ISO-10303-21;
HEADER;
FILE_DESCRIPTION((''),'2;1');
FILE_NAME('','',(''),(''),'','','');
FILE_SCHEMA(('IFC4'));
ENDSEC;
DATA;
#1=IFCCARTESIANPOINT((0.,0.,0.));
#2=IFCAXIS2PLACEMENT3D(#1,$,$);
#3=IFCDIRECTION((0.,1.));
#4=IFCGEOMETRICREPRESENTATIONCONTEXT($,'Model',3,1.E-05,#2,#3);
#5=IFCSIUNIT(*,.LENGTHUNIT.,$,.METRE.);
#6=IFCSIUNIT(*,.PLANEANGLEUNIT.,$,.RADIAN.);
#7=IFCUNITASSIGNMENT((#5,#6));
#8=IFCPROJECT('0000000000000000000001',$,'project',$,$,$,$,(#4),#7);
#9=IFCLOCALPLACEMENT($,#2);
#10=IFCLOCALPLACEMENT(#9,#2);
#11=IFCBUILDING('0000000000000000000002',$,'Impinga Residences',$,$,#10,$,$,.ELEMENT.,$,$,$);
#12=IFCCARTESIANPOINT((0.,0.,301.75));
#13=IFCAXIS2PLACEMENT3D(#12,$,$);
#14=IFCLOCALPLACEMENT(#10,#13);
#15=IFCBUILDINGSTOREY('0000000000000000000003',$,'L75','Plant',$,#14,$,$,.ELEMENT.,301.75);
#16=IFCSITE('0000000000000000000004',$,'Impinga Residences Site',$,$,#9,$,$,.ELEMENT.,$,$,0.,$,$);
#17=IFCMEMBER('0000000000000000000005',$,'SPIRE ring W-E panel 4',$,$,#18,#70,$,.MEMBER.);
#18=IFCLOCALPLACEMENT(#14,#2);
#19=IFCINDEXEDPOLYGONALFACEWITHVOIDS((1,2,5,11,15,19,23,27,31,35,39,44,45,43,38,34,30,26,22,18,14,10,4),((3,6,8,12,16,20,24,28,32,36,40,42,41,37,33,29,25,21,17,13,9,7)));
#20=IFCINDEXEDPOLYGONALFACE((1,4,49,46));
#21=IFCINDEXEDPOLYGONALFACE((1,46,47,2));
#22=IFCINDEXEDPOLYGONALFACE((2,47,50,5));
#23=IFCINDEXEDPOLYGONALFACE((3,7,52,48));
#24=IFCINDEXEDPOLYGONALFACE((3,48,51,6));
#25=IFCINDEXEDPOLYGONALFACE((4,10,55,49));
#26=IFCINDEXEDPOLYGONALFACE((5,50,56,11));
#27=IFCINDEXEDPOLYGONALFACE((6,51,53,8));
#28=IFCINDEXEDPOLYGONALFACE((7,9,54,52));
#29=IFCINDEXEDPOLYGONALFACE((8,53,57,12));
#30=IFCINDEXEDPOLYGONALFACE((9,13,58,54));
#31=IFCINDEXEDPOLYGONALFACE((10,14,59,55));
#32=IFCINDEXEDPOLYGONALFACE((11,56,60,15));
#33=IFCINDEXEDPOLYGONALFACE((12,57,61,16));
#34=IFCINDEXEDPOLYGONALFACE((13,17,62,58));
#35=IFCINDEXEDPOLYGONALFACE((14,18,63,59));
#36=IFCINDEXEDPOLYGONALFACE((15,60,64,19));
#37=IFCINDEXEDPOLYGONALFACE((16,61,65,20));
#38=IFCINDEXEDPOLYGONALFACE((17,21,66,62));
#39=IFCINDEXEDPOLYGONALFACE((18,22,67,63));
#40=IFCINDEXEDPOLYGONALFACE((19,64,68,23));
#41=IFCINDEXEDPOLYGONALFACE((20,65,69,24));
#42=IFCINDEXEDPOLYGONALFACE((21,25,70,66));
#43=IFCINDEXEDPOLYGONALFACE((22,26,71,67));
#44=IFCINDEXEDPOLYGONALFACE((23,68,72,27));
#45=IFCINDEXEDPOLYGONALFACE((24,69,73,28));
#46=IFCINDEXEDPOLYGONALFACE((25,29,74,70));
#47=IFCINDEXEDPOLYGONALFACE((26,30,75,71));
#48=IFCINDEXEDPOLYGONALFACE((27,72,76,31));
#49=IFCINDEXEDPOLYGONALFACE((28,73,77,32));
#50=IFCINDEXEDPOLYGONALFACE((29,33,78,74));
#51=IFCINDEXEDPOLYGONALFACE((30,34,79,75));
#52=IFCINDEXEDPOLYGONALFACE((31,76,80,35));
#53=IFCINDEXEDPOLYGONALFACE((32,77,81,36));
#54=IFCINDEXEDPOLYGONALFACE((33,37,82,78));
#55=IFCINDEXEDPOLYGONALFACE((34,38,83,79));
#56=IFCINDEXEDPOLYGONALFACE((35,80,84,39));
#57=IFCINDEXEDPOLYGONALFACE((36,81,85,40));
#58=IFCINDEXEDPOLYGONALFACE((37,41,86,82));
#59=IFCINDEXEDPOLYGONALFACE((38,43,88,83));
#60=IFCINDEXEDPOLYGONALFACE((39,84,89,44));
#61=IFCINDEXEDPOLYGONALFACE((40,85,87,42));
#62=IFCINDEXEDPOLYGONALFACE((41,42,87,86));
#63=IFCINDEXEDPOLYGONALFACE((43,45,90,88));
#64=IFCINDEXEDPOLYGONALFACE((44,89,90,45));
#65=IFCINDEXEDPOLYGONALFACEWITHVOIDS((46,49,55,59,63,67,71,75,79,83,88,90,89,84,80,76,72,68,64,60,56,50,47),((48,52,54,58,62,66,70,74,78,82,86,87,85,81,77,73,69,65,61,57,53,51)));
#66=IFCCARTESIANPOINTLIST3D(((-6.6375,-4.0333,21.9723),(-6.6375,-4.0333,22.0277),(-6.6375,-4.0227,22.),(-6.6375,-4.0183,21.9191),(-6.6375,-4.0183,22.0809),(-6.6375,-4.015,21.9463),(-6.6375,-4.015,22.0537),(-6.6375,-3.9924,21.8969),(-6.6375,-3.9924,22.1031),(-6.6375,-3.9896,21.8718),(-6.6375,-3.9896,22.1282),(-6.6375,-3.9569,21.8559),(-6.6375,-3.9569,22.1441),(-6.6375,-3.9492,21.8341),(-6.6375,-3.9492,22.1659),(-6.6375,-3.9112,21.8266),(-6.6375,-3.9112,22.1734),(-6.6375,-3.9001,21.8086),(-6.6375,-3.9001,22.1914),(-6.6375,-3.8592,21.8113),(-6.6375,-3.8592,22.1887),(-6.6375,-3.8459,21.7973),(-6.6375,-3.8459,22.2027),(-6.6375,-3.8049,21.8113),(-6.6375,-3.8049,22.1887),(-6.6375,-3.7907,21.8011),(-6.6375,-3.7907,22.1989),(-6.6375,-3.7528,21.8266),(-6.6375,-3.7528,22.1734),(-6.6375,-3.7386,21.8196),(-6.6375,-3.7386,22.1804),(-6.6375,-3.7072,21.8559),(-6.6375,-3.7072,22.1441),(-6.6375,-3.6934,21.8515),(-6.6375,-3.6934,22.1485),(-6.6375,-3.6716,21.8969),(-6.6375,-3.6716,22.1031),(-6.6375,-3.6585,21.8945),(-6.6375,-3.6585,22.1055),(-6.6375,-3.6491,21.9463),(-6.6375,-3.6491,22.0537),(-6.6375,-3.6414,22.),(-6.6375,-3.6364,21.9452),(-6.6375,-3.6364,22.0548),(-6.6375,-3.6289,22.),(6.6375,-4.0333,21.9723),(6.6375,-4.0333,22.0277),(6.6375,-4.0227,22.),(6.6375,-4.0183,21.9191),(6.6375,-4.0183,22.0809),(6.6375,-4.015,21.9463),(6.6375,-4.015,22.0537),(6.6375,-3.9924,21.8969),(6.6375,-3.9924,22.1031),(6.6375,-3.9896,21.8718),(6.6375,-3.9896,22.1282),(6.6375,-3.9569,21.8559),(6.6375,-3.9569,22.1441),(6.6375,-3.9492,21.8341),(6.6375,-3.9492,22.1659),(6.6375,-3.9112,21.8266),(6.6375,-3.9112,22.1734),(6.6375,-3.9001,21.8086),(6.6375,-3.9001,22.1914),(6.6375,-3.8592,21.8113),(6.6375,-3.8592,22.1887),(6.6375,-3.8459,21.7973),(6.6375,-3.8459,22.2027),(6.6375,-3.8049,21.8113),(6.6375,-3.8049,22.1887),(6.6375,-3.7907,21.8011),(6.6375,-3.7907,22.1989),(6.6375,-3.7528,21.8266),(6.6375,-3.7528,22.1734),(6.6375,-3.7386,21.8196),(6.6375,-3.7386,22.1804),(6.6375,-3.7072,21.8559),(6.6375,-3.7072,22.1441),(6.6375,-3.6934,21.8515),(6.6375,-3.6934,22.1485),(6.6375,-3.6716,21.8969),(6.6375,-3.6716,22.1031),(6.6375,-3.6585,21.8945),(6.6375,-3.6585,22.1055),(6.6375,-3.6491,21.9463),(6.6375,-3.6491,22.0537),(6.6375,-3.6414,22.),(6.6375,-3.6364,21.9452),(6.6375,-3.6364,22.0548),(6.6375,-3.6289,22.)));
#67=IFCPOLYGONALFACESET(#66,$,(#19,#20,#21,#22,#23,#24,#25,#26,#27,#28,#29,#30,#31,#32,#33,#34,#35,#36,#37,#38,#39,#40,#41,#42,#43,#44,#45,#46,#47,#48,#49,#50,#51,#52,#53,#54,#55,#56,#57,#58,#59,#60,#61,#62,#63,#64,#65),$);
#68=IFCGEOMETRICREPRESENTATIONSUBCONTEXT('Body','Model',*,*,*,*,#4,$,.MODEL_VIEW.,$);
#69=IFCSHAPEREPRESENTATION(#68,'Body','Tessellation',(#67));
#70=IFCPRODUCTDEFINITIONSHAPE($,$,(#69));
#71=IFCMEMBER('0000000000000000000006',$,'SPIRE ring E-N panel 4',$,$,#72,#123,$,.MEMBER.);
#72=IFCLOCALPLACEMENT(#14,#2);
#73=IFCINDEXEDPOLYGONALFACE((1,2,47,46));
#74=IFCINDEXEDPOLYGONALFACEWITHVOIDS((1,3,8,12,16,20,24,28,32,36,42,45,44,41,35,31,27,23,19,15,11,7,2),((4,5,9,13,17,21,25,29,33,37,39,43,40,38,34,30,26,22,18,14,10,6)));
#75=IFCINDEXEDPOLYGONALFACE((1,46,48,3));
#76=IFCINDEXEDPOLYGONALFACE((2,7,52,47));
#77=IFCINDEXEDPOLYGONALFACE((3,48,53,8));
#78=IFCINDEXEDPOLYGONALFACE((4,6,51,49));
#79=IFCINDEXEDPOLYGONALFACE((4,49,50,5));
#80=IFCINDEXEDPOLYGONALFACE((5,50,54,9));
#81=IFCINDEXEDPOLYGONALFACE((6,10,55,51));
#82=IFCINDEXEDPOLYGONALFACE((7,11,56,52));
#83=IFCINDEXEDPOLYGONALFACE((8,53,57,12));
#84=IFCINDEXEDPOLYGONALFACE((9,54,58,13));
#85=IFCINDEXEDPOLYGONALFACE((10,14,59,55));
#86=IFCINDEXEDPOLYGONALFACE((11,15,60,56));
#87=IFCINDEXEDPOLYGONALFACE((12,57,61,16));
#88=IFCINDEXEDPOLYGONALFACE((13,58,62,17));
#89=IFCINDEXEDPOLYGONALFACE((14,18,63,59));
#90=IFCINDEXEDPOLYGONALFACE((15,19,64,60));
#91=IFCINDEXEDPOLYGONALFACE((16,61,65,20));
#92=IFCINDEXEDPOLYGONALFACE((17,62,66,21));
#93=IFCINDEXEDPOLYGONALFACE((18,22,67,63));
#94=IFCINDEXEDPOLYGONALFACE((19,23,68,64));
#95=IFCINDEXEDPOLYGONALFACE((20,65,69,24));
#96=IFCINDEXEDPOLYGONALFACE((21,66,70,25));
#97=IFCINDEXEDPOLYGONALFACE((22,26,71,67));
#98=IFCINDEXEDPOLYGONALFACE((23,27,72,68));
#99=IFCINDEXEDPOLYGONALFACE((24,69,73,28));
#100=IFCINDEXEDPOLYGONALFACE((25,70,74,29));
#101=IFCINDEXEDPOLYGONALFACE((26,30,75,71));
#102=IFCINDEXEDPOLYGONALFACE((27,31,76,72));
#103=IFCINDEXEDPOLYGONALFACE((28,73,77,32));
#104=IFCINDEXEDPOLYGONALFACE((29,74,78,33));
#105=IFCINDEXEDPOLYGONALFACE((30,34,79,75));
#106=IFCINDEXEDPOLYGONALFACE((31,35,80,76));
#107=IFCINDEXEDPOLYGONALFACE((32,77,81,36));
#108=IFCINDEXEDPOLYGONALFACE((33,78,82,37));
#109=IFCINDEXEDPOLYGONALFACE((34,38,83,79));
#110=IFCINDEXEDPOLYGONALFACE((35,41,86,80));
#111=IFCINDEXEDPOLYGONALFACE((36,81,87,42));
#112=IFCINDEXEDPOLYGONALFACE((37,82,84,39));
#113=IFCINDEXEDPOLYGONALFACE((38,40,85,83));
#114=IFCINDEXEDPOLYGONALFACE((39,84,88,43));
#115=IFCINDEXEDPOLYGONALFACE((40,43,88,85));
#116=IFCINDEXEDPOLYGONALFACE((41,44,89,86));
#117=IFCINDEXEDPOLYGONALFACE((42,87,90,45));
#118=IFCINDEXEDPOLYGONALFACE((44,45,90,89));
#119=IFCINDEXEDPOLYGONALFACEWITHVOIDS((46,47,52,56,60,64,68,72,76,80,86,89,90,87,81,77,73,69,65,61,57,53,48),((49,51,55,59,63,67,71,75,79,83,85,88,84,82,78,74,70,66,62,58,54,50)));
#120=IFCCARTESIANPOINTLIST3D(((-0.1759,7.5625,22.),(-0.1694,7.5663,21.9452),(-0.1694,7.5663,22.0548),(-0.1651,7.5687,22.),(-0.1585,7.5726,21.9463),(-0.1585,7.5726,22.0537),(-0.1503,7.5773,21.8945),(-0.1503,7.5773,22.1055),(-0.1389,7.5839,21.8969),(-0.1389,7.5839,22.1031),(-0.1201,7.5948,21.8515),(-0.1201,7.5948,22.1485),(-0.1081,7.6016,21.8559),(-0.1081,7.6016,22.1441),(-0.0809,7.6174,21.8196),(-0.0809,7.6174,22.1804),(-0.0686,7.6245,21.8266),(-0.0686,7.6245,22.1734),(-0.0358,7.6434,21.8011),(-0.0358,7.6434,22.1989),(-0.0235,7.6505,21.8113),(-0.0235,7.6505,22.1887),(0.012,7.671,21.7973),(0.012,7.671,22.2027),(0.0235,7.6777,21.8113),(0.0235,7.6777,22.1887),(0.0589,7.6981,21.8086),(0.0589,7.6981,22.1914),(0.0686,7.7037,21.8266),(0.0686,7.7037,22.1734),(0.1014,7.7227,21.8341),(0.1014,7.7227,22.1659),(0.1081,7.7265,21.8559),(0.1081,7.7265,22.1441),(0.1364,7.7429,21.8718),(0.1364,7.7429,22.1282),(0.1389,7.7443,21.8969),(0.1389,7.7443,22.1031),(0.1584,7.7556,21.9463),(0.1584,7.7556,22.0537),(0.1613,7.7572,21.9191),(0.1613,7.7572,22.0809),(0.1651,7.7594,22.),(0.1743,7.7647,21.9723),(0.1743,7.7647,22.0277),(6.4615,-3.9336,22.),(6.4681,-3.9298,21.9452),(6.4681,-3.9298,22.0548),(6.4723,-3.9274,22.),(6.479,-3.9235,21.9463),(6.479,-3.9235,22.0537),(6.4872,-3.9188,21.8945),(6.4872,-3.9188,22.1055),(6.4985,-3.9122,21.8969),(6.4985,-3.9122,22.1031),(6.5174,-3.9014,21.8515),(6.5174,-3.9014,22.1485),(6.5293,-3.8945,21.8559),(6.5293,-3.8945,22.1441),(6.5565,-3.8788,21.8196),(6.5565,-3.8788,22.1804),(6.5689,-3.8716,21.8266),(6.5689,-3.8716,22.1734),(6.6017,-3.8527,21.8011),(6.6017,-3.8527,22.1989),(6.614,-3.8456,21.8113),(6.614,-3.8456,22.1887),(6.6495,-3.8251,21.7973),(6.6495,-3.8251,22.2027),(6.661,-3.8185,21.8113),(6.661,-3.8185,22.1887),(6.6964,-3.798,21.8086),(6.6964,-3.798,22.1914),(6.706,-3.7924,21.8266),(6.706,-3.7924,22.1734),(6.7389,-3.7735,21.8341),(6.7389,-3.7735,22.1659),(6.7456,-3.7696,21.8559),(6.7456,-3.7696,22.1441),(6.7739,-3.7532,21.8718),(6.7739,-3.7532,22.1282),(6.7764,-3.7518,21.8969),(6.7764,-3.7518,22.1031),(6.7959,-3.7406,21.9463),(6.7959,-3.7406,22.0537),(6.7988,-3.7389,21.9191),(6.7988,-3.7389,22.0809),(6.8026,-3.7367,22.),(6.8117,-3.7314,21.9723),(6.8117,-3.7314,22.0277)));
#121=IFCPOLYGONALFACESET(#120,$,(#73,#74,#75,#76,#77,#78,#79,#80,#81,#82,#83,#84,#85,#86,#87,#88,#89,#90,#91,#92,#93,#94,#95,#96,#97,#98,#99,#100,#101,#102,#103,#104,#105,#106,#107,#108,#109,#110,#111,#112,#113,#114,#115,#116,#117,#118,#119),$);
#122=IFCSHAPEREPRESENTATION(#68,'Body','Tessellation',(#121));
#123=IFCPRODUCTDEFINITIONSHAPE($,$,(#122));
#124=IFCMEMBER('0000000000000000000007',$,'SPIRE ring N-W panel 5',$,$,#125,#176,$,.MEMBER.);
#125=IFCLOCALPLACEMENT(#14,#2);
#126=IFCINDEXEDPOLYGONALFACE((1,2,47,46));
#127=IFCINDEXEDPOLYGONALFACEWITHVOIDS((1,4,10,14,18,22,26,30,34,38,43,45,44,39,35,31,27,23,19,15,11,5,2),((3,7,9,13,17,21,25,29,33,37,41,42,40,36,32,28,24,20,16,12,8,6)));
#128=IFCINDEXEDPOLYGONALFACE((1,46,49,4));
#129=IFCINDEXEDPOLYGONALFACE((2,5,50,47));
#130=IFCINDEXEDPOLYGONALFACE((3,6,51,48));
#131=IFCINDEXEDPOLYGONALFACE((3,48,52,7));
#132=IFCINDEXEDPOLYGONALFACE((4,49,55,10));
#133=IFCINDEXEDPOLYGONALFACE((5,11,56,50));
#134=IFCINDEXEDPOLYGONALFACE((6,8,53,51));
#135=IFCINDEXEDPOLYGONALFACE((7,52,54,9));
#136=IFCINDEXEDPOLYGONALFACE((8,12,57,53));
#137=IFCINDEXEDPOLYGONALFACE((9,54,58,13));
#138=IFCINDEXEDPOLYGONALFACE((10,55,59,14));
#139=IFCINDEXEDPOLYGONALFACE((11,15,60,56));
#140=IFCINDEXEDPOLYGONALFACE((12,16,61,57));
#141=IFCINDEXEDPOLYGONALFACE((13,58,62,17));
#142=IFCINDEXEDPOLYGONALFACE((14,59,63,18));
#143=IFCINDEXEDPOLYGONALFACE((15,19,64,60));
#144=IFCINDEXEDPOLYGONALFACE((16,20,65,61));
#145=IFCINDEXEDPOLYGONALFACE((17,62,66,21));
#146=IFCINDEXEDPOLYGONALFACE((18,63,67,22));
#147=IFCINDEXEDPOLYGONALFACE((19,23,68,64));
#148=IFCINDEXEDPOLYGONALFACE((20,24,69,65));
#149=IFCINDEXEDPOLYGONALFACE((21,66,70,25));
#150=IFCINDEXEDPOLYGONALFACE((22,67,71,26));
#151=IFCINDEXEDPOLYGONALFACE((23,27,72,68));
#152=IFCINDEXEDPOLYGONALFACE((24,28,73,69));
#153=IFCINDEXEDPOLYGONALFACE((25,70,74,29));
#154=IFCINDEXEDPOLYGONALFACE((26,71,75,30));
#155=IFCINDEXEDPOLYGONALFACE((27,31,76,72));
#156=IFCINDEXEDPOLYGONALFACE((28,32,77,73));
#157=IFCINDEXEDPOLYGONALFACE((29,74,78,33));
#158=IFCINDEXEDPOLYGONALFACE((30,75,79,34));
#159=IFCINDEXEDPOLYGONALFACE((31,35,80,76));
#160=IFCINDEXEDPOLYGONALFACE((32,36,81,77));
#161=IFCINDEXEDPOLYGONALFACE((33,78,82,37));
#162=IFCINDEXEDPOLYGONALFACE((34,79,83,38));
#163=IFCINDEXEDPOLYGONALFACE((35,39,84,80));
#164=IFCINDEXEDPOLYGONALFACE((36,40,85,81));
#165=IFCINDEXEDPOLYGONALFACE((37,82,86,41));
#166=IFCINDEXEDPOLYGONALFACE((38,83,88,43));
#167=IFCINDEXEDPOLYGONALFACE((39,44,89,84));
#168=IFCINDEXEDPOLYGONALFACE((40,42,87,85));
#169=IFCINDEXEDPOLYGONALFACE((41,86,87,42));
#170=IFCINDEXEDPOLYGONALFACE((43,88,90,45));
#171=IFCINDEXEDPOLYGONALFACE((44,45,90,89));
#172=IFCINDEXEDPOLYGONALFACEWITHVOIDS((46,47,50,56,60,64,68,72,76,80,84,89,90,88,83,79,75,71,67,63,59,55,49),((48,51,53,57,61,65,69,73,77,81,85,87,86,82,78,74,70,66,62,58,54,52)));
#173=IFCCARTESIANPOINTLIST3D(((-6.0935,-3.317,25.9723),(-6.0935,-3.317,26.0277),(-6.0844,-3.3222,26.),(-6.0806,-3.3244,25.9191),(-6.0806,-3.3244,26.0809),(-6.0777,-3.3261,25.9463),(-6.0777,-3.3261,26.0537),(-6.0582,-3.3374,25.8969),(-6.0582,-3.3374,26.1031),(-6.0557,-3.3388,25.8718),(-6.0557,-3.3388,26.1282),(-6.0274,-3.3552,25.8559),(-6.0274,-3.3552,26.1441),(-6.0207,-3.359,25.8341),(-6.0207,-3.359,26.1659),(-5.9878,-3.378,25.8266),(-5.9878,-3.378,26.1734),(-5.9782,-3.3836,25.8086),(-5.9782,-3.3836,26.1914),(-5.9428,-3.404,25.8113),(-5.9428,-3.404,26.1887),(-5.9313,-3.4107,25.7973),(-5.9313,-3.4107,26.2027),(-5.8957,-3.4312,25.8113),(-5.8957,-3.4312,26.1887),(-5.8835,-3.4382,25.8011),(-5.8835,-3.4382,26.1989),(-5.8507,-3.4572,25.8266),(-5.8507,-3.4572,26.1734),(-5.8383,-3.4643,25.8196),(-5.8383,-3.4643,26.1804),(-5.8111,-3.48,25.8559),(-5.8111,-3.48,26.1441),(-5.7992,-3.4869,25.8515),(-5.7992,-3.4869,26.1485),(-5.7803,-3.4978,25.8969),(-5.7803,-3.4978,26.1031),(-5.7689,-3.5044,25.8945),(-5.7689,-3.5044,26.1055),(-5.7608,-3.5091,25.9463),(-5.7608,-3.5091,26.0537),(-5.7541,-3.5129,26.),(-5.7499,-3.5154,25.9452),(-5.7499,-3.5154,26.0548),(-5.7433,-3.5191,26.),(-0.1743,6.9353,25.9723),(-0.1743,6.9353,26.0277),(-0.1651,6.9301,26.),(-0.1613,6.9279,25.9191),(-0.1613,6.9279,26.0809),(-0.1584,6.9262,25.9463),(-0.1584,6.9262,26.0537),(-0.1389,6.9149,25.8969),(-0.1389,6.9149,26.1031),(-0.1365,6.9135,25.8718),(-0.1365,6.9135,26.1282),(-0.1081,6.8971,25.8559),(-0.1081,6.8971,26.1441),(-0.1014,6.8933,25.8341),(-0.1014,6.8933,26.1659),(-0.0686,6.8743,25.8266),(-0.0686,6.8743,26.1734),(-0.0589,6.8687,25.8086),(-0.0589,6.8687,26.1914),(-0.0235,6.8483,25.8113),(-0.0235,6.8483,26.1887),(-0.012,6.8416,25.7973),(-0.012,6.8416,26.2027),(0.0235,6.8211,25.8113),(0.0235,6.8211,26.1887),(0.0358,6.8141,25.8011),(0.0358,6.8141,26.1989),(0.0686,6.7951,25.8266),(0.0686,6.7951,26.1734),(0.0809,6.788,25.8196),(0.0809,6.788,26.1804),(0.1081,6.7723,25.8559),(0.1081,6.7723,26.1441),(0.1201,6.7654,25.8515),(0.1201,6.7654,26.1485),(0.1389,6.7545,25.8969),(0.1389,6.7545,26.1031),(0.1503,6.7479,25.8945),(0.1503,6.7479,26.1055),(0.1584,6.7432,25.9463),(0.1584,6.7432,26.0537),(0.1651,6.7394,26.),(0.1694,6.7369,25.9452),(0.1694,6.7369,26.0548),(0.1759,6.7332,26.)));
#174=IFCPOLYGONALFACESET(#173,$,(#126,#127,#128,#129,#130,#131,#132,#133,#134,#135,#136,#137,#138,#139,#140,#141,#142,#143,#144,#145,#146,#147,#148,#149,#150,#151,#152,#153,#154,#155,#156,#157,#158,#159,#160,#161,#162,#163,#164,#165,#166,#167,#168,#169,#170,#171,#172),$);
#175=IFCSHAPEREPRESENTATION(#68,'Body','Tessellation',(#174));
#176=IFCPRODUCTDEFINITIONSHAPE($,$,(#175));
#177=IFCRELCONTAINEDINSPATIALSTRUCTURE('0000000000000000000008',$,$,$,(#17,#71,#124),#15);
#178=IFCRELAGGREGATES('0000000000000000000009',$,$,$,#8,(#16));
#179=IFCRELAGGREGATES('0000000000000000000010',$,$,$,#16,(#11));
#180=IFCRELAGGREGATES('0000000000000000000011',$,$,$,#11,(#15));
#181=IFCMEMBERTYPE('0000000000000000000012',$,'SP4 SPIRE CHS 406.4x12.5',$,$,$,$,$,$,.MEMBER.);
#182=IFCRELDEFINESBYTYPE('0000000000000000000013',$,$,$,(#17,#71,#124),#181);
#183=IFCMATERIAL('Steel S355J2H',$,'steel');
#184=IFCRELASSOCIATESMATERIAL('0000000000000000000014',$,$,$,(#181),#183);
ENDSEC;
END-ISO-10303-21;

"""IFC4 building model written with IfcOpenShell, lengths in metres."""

from ifc_helpers import new_model, si_unit, direction, frame, origin, origin_2d, place, context, subcontext, project, spatial, hollow_circle, extrude, material, material_profile, profile_set, type_object, element, save


model = new_model("IFC4")

# Units and contexts
model_context = context("Model", 3, precision=1e-05, world=origin(), true_north=direction((0.0, 1.0)))
body_context = subcontext(model_context, "Body", "Model", "MODEL_VIEW")
ifc_project = project(units=[si_unit("LENGTHUNIT", "METRE"), si_unit("PLANEANGLEUNIT", "RADIAN")], contexts=[model_context])

# Site, building, storey
site_placement = place(None, origin())
site = spatial("IfcSite", under=ifc_project, at=site_placement, Name="Impinga Residences Site", CompositionType="ELEMENT", RefElevation=0.0)
building_placement = place(site_placement, origin())
building = spatial("IfcBuilding", under=site, at=building_placement, Name="Impinga Residences", CompositionType="ELEMENT")
storey_placement = place(building_placement, frame((0.0, 0.0, 301.75)))
storey = spatial("IfcBuildingStorey", under=building, at=storey_placement, Name="L75", Description="Plant", CompositionType="ELEMENT", Elevation=301.75)

# Members
ifc_material = material(Name="Steel S355J2H", Category="steel")
ifc_material_profile_1 = material_profile(ifc_material, hollow_circle(Radius=0.2031, WallThickness=0.0125, at=origin_2d()), Name="CHS 406.4x12.5")
ifc_profile_set_1 = profile_set([ifc_material_profile_1], Name="Steel S355J2H")
member_type_1 = type_object("IfcMemberType", Name="SP4 SPIRE CHS 406.4x12.5", PredefinedType="MEMBER", material=ifc_profile_set_1)
member_1_placement = place(storey_placement, frame((-6.6375, -3.832, 22.0), z_axis=(1.0, 0.0, 0.0), x_axis=(0.0, 1.0, 0.0)))
element("IfcMember", 1, at=member_1_placement, inside=storey, type_object=member_type_1, Name="SPIRE ring W-E panel 4", PredefinedType="MEMBER", context=body_context, shape_type="SweptSolid", body=[
    extrude(hollow_circle(Radius=0.2031, WallThickness=0.0125, at=origin_2d()), origin(), (0.0, 0.0, 1.0), 13.2749),
])
member_2_placement = place(storey_placement, frame((6.6375, -3.832, 22.0), z_axis=(-0.50001, 0.86602, 0.0), x_axis=(-0.86602, -0.50001, 0.0)))
element("IfcMember", 2, at=member_2_placement, inside=storey, type_object=member_type_1, Name="SPIRE ring E-N panel 4", PredefinedType="MEMBER", context=body_context, shape_type="SweptSolid", body=[
    extrude(hollow_circle(Radius=0.2031, WallThickness=0.0125, at=origin_2d()), origin(), (0.0, 0.0, 1.0), 13.2747),
])
for number, where, z_axis, x_axis, name in (
    (3, (0.0, 6.8347, 26.0), (-0.500005, -0.866022, 0.0), (0.866022, -0.500005, 0.0), "SPIRE ring N-W panel 5"),
):
    element("IfcMember", number, at=place(storey_placement, frame(where, z_axis=z_axis, x_axis=x_axis)), inside=storey, type_object=member_type_1, Name=name, PredefinedType="MEMBER", context=body_context, shape_type="SweptSolid", body=[
        extrude(hollow_circle(Radius=0.2031, WallThickness=0.0125, at=origin_2d()), origin(), (0.0, 0.0, 1.0), 11.8384),
    ])

save(model, "model.ifc")
